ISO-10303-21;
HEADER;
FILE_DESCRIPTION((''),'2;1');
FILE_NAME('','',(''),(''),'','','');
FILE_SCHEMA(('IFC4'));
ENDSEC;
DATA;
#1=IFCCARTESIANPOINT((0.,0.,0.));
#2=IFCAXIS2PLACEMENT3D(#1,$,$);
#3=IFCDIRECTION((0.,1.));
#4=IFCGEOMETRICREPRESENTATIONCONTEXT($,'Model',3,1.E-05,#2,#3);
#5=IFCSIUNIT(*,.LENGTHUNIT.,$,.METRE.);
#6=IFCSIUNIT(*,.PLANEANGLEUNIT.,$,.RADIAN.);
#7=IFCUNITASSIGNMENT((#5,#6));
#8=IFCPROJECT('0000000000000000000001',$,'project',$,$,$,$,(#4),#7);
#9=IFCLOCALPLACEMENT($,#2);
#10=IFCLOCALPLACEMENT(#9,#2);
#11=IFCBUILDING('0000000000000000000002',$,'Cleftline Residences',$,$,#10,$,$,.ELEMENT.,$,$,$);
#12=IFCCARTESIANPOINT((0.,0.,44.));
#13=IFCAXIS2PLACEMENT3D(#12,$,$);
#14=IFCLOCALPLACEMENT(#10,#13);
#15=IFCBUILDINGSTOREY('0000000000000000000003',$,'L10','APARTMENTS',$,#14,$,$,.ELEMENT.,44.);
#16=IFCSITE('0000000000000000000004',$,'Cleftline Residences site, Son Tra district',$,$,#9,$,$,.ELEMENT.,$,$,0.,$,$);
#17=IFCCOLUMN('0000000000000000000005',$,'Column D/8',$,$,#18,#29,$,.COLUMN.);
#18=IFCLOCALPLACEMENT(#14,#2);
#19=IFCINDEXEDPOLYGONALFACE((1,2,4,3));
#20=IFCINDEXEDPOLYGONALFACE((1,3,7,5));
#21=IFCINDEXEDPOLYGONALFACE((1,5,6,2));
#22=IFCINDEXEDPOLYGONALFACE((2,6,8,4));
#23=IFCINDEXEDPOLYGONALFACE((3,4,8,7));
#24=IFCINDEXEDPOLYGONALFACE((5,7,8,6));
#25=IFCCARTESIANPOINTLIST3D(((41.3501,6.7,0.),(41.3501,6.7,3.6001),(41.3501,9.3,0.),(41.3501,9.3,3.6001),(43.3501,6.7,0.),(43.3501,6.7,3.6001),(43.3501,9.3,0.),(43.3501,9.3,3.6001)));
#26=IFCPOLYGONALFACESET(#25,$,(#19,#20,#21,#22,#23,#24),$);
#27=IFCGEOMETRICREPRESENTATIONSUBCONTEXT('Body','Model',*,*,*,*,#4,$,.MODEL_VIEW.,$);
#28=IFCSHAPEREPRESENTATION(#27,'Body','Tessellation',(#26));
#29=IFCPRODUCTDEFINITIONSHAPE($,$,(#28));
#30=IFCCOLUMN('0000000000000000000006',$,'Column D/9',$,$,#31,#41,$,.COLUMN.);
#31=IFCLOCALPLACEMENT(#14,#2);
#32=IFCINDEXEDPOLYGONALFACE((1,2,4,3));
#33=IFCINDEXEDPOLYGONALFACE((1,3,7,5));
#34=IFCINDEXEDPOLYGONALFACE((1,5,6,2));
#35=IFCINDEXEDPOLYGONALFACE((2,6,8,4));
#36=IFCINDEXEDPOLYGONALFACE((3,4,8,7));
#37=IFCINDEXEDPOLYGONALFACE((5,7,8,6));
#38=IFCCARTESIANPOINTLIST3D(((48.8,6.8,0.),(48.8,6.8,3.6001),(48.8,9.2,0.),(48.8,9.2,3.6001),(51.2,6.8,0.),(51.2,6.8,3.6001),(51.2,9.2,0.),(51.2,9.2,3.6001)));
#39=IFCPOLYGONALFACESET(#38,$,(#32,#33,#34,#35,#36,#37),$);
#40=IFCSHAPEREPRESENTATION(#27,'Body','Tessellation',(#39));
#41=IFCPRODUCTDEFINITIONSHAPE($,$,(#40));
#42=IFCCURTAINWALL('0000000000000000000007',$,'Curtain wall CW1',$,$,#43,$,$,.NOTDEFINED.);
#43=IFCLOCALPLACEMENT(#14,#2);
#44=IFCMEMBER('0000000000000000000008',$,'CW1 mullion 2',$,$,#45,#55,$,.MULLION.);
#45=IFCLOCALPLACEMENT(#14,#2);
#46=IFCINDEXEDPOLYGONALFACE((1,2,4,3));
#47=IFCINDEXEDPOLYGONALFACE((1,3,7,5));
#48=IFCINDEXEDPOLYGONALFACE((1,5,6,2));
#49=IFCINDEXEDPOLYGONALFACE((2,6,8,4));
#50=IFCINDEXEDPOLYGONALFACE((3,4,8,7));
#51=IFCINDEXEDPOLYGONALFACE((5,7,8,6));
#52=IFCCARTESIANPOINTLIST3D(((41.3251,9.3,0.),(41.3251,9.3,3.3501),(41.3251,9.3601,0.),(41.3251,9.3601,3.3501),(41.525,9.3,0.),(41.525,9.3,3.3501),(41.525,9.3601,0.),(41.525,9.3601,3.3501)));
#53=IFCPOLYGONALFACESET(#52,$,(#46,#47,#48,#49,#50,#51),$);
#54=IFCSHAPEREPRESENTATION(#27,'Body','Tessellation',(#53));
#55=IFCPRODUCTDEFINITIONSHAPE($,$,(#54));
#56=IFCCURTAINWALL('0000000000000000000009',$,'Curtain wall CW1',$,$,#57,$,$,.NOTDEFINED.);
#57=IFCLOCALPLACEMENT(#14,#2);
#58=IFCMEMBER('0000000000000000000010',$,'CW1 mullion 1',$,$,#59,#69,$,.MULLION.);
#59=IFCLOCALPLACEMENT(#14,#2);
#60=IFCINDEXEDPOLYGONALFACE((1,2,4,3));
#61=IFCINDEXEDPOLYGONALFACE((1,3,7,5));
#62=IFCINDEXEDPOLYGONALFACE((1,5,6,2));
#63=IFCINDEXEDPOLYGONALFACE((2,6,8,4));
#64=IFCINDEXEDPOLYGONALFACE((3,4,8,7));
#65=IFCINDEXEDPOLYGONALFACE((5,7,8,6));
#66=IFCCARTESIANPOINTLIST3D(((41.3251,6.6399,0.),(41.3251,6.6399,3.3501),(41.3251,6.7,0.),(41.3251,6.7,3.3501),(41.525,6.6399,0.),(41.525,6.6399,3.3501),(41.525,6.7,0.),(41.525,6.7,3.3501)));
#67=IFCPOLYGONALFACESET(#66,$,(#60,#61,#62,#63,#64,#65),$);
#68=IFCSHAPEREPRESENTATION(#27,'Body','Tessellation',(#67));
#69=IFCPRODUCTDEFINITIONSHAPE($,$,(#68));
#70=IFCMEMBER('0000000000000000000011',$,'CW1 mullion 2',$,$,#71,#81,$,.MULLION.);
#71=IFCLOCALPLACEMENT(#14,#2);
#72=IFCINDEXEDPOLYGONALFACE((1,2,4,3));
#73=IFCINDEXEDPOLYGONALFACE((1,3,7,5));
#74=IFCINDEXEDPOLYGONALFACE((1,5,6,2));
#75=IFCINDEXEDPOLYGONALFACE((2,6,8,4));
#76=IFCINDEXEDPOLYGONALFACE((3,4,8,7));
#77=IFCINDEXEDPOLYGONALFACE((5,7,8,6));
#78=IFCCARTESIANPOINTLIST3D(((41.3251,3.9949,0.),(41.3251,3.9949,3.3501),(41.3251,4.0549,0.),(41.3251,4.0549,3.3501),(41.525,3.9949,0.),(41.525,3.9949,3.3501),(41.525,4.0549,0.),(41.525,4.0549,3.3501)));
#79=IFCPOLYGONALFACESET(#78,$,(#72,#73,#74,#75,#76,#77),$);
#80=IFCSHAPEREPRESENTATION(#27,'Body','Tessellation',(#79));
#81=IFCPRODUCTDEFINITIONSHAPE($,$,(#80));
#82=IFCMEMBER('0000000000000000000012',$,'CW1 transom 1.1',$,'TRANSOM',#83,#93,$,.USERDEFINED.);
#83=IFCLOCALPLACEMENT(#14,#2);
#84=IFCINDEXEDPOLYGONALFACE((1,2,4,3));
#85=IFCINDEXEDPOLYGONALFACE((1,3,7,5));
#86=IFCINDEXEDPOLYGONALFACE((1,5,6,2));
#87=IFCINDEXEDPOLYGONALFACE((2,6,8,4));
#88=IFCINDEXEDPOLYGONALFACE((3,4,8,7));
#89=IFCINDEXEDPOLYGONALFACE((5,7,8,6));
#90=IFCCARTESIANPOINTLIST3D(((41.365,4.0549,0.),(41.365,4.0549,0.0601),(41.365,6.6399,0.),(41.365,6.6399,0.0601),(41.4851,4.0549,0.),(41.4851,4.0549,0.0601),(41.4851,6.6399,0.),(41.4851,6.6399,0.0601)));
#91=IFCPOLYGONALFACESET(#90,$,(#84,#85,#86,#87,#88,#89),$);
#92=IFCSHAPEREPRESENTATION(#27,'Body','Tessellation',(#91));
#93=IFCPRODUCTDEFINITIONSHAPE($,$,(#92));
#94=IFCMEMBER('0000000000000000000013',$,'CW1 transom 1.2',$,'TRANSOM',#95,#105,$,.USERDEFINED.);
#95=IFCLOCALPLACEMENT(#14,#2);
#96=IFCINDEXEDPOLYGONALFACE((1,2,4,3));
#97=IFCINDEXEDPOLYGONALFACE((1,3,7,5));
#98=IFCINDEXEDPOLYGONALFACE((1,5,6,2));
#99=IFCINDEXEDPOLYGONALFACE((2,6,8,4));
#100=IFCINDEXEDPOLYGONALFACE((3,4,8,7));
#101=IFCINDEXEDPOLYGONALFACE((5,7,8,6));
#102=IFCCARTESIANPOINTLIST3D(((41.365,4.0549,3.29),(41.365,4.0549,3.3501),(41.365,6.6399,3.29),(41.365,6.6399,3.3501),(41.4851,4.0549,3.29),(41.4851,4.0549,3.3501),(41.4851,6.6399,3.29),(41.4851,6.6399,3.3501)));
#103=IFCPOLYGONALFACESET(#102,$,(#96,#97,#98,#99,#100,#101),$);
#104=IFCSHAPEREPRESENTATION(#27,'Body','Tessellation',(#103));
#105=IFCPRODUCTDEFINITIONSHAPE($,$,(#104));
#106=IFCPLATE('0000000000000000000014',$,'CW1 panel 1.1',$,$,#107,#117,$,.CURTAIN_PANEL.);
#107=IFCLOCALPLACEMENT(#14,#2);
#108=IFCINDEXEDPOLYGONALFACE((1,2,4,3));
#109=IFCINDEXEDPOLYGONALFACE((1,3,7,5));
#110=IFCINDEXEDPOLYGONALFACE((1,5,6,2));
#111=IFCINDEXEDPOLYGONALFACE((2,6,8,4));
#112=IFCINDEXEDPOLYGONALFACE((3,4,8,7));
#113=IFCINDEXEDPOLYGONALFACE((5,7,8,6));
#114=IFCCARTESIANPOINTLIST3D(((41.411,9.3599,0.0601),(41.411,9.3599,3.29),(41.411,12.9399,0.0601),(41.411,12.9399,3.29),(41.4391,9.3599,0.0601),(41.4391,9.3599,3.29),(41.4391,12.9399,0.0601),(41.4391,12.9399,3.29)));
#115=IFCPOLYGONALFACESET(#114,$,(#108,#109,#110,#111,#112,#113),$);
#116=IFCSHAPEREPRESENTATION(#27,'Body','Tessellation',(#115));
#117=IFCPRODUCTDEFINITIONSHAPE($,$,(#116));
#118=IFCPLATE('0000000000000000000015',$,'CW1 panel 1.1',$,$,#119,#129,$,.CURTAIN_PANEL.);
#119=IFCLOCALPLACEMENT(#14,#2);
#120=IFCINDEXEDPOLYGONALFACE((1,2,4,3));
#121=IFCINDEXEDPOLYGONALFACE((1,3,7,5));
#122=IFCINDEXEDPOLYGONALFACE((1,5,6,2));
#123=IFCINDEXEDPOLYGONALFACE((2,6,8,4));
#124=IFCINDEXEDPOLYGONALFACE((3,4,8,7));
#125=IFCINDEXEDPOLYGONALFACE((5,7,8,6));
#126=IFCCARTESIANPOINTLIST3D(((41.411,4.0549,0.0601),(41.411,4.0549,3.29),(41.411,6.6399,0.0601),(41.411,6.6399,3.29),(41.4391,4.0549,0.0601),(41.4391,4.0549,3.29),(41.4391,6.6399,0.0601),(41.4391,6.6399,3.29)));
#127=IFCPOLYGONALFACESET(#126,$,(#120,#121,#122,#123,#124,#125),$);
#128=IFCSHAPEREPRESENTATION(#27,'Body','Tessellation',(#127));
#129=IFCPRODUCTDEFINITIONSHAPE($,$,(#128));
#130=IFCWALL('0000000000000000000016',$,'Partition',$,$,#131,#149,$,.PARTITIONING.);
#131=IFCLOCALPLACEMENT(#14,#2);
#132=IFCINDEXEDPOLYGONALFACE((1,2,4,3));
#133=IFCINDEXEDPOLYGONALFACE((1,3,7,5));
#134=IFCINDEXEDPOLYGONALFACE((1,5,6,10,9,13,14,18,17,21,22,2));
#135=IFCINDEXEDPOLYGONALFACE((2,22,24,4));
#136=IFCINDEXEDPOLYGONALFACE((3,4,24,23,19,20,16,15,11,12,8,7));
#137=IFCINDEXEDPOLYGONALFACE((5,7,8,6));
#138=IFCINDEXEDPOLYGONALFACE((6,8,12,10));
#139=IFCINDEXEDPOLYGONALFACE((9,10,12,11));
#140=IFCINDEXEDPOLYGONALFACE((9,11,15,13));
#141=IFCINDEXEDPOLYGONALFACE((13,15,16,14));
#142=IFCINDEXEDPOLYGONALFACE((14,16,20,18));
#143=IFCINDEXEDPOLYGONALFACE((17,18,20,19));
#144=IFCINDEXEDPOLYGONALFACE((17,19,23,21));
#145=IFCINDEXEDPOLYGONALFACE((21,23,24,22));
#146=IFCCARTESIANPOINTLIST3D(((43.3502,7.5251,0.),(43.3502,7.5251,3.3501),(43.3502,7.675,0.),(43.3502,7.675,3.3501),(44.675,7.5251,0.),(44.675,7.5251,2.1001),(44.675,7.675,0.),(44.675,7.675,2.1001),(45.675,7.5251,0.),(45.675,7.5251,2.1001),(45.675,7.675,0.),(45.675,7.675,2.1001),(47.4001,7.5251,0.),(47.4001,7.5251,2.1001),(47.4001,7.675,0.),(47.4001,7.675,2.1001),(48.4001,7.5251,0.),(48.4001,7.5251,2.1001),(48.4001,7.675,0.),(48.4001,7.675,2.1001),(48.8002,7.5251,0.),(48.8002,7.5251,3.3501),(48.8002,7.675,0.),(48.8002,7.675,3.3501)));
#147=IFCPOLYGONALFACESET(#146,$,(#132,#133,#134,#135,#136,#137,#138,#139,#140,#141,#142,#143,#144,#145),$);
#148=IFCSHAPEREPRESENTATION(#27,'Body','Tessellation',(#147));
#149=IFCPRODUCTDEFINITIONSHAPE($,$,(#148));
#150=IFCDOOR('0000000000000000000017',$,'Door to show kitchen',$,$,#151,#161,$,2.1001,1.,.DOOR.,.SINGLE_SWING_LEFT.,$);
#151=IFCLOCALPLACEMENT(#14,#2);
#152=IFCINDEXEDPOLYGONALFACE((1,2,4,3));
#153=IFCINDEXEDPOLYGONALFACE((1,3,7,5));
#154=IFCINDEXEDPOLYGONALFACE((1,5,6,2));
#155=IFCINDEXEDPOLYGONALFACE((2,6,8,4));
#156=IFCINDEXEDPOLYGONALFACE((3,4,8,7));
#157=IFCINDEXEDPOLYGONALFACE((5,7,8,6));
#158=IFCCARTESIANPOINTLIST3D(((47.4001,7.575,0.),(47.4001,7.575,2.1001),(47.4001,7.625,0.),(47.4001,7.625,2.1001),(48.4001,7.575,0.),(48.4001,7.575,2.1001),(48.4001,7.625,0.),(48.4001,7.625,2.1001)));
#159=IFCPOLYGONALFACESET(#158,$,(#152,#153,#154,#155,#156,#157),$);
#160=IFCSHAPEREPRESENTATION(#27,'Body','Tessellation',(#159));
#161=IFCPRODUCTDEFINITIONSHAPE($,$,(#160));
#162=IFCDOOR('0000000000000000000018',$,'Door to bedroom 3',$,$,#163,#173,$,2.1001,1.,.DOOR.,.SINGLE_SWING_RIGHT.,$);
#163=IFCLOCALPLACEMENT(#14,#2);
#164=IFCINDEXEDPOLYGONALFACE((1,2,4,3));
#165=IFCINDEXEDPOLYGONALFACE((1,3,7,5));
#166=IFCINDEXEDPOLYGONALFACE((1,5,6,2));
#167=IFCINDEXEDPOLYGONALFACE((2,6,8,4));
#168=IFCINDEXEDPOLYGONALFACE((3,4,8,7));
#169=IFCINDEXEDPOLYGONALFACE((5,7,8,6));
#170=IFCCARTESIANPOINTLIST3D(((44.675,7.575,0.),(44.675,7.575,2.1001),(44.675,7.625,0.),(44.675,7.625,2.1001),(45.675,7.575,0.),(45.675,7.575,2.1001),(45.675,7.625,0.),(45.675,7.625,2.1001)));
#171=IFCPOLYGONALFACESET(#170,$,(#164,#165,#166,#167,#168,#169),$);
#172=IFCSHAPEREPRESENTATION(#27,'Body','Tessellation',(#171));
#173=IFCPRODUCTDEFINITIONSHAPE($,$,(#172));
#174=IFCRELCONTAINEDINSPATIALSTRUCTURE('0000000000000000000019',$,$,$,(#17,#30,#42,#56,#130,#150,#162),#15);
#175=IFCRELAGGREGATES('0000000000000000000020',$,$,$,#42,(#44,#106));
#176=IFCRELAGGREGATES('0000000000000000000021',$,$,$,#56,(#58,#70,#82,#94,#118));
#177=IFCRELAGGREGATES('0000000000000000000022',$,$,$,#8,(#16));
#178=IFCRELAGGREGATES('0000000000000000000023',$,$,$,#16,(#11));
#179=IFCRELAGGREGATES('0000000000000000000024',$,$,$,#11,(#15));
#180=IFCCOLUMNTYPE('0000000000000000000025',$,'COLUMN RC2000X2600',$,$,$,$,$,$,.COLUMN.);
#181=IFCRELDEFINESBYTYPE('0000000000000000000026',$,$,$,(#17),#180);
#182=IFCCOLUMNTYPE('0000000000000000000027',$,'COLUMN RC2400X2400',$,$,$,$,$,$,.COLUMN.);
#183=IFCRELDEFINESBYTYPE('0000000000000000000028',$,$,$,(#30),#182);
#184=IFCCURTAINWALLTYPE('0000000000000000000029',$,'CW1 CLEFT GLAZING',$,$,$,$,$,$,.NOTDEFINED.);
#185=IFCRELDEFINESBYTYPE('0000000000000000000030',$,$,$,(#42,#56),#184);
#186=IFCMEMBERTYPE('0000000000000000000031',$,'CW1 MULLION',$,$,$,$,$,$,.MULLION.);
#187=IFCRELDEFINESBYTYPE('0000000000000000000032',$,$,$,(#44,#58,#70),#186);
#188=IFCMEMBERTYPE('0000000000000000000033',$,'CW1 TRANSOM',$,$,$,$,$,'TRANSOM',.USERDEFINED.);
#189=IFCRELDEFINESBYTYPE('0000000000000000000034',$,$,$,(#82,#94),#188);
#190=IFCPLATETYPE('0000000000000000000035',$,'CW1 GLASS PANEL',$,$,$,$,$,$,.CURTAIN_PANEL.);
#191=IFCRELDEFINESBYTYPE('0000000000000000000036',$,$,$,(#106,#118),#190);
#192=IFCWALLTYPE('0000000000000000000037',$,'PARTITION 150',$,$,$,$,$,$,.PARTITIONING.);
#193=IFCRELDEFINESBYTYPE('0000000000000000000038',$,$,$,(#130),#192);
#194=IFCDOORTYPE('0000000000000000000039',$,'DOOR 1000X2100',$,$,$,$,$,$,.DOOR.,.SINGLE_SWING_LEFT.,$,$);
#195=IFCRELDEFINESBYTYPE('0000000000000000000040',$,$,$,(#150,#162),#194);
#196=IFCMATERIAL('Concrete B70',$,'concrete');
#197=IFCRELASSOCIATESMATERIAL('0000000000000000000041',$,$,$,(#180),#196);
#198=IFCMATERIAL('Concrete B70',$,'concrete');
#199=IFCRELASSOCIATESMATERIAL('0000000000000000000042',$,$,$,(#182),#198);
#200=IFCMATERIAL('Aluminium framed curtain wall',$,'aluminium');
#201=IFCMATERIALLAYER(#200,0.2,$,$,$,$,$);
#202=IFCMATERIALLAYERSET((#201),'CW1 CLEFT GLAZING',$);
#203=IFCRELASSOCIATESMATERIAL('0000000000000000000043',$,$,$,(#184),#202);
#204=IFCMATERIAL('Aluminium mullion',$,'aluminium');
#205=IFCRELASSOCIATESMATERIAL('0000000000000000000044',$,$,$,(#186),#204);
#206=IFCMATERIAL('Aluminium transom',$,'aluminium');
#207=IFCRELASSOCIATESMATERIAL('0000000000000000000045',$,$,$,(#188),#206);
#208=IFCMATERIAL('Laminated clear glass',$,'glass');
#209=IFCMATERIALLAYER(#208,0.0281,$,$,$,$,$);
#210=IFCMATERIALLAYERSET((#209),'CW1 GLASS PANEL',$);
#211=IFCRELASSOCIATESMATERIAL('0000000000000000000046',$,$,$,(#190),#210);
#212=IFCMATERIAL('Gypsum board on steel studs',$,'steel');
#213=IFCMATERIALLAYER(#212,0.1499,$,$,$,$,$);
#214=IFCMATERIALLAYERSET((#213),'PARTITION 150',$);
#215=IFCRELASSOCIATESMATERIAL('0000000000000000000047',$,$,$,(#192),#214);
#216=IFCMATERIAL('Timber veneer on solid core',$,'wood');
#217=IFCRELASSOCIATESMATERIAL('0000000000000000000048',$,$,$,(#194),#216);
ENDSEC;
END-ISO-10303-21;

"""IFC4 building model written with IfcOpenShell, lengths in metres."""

from ifc_helpers import new_model, si_unit, direction, frame, frame_2d, origin, origin_2d, place, context, subcontext, project, spatial, rectangle, extrude, material, layer, layer_set, material_profile, profile_set, type_object, element, fill, aggregate, save


model = new_model("IFC4")

# Units and contexts
model_context = context("Model", 3, precision=1e-05, world=origin(), true_north=direction((0.0, 1.0)))
body_context = subcontext(model_context, "Body", "Model", "MODEL_VIEW")
ifc_project = project(units=[si_unit("LENGTHUNIT", "METRE"), si_unit("PLANEANGLEUNIT", "RADIAN")], contexts=[model_context])

# Site, building, storey
site_placement = place(None, origin())
site = spatial("IfcSite", under=ifc_project, at=site_placement, Name="Cleftline Residences site, Son Tra district", CompositionType="ELEMENT", RefElevation=0.0)
building_placement = place(site_placement, origin())
building = spatial("IfcBuilding", under=site, at=building_placement, Name="Cleftline Residences", CompositionType="ELEMENT")
storey_placement = place(building_placement, frame((0.0, 0.0, 44.0)))
storey = spatial("IfcBuildingStorey", under=building, at=storey_placement, Name="L10", Description="APARTMENTS", CompositionType="ELEMENT", Elevation=44.0)

# Columns
ifc_material_1 = material(Name="Concrete B70", Category="concrete")
ifc_material_profile_1 = material_profile(ifc_material_1, rectangle(XDim=2.0, YDim=2.6001, at=origin_2d()))
ifc_profile_set_1 = profile_set([ifc_material_profile_1], Name="Concrete B70")
column_type_1 = type_object("IfcColumnType", Name="COLUMN RC2000X2600", PredefinedType="COLUMN", material=ifc_profile_set_1)
column_1_placement = place(storey_placement, frame((42.3501, 8.0, 0.0), z_axis=(0.0, 0.0, 1.0), x_axis=(1.0, 0.0, 0.0)))
element("IfcColumn", 1, at=column_1_placement, inside=storey, type_object=column_type_1, Name="Column D/8", PredefinedType="COLUMN", context=body_context, shape_type="SweptSolid", body=[
    extrude(rectangle(XDim=2.0, YDim=2.6001, at=origin_2d()), origin(), (0.0, 0.0, 1.0), 3.6001),
])
ifc_material_2 = material(Name="Concrete B70", Category="concrete")
ifc_material_profile_2 = material_profile(ifc_material_2, rectangle(XDim=2.3999, YDim=2.3999, at=origin_2d()))
ifc_profile_set_2 = profile_set([ifc_material_profile_2], Name="Concrete B70")
column_type_2 = type_object("IfcColumnType", Name="COLUMN RC2400X2400", PredefinedType="COLUMN", material=ifc_profile_set_2)
column_2_placement = place(storey_placement, frame((50.0, 8.0, 0.0), z_axis=(0.0, 0.0, 1.0), x_axis=(1.0, 0.0, 0.0)))
element("IfcColumn", 2, at=column_2_placement, inside=storey, type_object=column_type_2, Name="Column D/9", PredefinedType="COLUMN", context=body_context, shape_type="SweptSolid", body=[
    extrude(rectangle(XDim=2.3999, YDim=2.3999, at=origin_2d()), origin(), (0.0, 0.0, 1.0), 3.6001),
])

# Curtain wall, member
ifc_material_3 = material(Name="Aluminium framed curtain wall", Category="aluminium")
ifc_layer_1 = layer(ifc_material_3, 0.2)
ifc_layer_set_1 = layer_set([ifc_layer_1], Name="CW1 CLEFT GLAZING")
curtain_wall_type = type_object("IfcCurtainWallType", Name="CW1 CLEFT GLAZING", PredefinedType="NOTDEFINED", material=ifc_layer_set_1)
curtain_wall_1_placement = place(storey_placement, origin())
curtain_wall_1 = element("IfcCurtainWall", 3, at=curtain_wall_1_placement, inside=storey, type_object=curtain_wall_type, Name="Curtain wall CW1", PredefinedType="NOTDEFINED")
ifc_material_4 = material(Name="Aluminium mullion", Category="aluminium")
ifc_material_profile_3 = material_profile(ifc_material_4, rectangle(XDim=0.2, YDim=0.0601, at=origin_2d()))
ifc_profile_set_3 = profile_set([ifc_material_profile_3], Name="Aluminium mullion")
member_type_1 = type_object("IfcMemberType", Name="CW1 MULLION", PredefinedType="MULLION", material=ifc_profile_set_3)
member_1_placement = place(storey_placement, frame((41.425, 9.3301, 0.0), z_axis=(0.0, 0.0, 1.0), x_axis=(1.0, 0.0, 0.0)))
member_1 = element("IfcMember", 4, at=member_1_placement, type_object=member_type_1, Name="CW1 mullion 2", PredefinedType="MULLION", context=body_context, shape_type="SweptSolid", body=[
    extrude(rectangle(XDim=0.2, YDim=0.0601, at=origin_2d()), origin(), (0.0, 0.0, 1.0), 3.3501),
])

# Curtain wall, members
curtain_wall_2_placement = place(storey_placement, origin())
curtain_wall_2 = element("IfcCurtainWall", 5, at=curtain_wall_2_placement, inside=storey, type_object=curtain_wall_type, Name="Curtain wall CW1", PredefinedType="NOTDEFINED")
member_2_placement = place(storey_placement, frame((41.425, 6.6699, 0.0), z_axis=(0.0, 0.0, 1.0), x_axis=(1.0, 0.0, 0.0)))
member_2 = element("IfcMember", 6, at=member_2_placement, type_object=member_type_1, Name="CW1 mullion 1", PredefinedType="MULLION", context=body_context, shape_type="SweptSolid", body=[
    extrude(rectangle(XDim=0.2, YDim=0.0601, at=origin_2d()), origin(), (0.0, 0.0, 1.0), 3.3501),
])
member_3_placement = place(storey_placement, frame((41.425, 4.0249, 0.0), z_axis=(0.0, 0.0, 1.0), x_axis=(1.0, 0.0, 0.0)))
member_3 = element("IfcMember", 7, at=member_3_placement, type_object=member_type_1, Name="CW1 mullion 2", PredefinedType="MULLION", context=body_context, shape_type="SweptSolid", body=[
    extrude(rectangle(XDim=0.2, YDim=0.0601, at=origin_2d()), origin(), (0.0, 0.0, 1.0), 3.3501),
])
ifc_material_5 = material(Name="Aluminium transom", Category="aluminium")
ifc_material_profile_4 = material_profile(ifc_material_5, rectangle(XDim=0.1201, YDim=0.0601, at=origin_2d()))
ifc_profile_set_4 = profile_set([ifc_material_profile_4], Name="Aluminium transom")
member_type_2 = type_object("IfcMemberType", Name="CW1 TRANSOM", ElementType="TRANSOM", PredefinedType="USERDEFINED", material=ifc_profile_set_4)
member_4_placement = place(storey_placement, frame((41.425, 6.6399, 0.03), z_axis=(0.0, -1.0, 0.0), x_axis=(1.0, 0.0, 0.0)))
member_4 = element("IfcMember", 8, at=member_4_placement, type_object=member_type_2, Name="CW1 transom 1.1", ObjectType="TRANSOM", PredefinedType="USERDEFINED", context=body_context, shape_type="SweptSolid", body=[
    extrude(rectangle(XDim=0.1201, YDim=0.0601, at=origin_2d()), origin(), (0.0, 0.0, 1.0), 2.585),
])
member_5_placement = place(storey_placement, frame((41.425, 6.6399, 3.3201), z_axis=(0.0, -1.0, 0.0), x_axis=(1.0, 0.0, 0.0)))
member_5 = element("IfcMember", 9, at=member_5_placement, type_object=member_type_2, Name="CW1 transom 1.2", ObjectType="TRANSOM", PredefinedType="USERDEFINED", context=body_context, shape_type="SweptSolid", body=[
    extrude(rectangle(XDim=0.1201, YDim=0.0601, at=origin_2d()), origin(), (0.0, 0.0, 1.0), 2.585),
])

# Plates
ifc_material_6 = material(Name="Laminated clear glass", Category="glass")
ifc_layer_2 = layer(ifc_material_6, 0.0281)
ifc_layer_set_2 = layer_set([ifc_layer_2], Name="CW1 GLASS PANEL")
plate_type = type_object("IfcPlateType", Name="CW1 GLASS PANEL", PredefinedType="CURTAIN_PANEL", material=ifc_layer_set_2)
plate_1_placement = place(storey_placement, frame((41.425, 11.1499, 0.0601), z_axis=(0.0, 0.0, 1.0), x_axis=(0.0, -1.0, 0.0)))
plate_1 = element("IfcPlate", 10, at=plate_1_placement, type_object=plate_type, Name="CW1 panel 1.1", PredefinedType="CURTAIN_PANEL", context=body_context, shape_type="SweptSolid", body=[
    extrude(rectangle(XDim=3.5801, YDim=0.0281, at=origin_2d()), origin(), (0.0, 0.0, 1.0), 3.23),
])
aggregate(curtain_wall_1, [member_1, plate_1])
plate_2_placement = place(storey_placement, frame((41.425, 5.3474, 0.0601), z_axis=(0.0, 0.0, 1.0), x_axis=(0.0, -1.0, 0.0)))
plate_2 = element("IfcPlate", 11, at=plate_2_placement, type_object=plate_type, Name="CW1 panel 1.1", PredefinedType="CURTAIN_PANEL", context=body_context, shape_type="SweptSolid", body=[
    extrude(rectangle(XDim=2.585, YDim=0.0281, at=origin_2d()), origin(), (0.0, 0.0, 1.0), 3.23),
])
aggregate(curtain_wall_2, [member_2, member_3, member_4, member_5, plate_2])

# Wall, openings, doors
ifc_material_7 = material(Name="Gypsum board on steel studs", Category="steel")
ifc_layer_3 = layer(ifc_material_7, 0.1499)
ifc_layer_set_3 = layer_set([ifc_layer_3], Name="PARTITION 150")
wall_type = type_object("IfcWallType", Name="PARTITION 150", PredefinedType="PARTITIONING", material=ifc_layer_set_3)
wall_1_placement = place(storey_placement, frame((43.3501, 7.6001, 0.0), z_axis=(0.0, 0.0, 1.0), x_axis=(1.0, 0.0, 0.0)))
wall_1 = element("IfcWall", 12, at=wall_1_placement, inside=storey, type_object=wall_type, Name="Partition", PredefinedType="PARTITIONING", context=body_context, shape_type="SweptSolid", body=[
    extrude(rectangle(XDim=5.45, YDim=0.1499, at=frame_2d((2.7251, 0.0))), origin(), (0.0, 0.0, 1.0), 3.3501),
])
opening_1_placement = place(wall_1_placement, frame((4.05, 0.0, 0.0)))
opening_1 = element("IfcOpeningElement", 13, at=opening_1_placement, cuts=wall_1, PredefinedType="OPENING", context=body_context, shape_type="SweptSolid", body=[
    extrude(rectangle(XDim=1.0, YDim=2.1001, at=frame_2d((0.5, 1.05))), frame((0.0, 0.085, 0.0), z_axis=(0.0, -1.0, 0.0), x_axis=(1.0, 0.0, 0.0)), (0.0, 0.0, 1.0), 0.1699),
])
opening_2_placement = place(wall_1_placement, frame((1.325, 0.0, 0.0)))
opening_2 = element("IfcOpeningElement", 14, at=opening_2_placement, cuts=wall_1, PredefinedType="OPENING", context=body_context, shape_type="SweptSolid", body=[
    extrude(rectangle(XDim=1.0, YDim=2.1001, at=frame_2d((0.5, 1.05))), frame((0.0, 0.085, 0.0), z_axis=(0.0, -1.0, 0.0), x_axis=(1.0, 0.0, 0.0)), (0.0, 0.0, 1.0), 0.1699),
])
ifc_material_8 = material(Name="Timber veneer on solid core", Category="wood")
door_type_1 = type_object("IfcDoorType", Name="DOOR 1000X2100", OperationType="SINGLE_SWING_LEFT", PredefinedType="DOOR", material=ifc_material_8)
door_1_placement = place(opening_1_placement, origin())
door_1 = element("IfcDoor", 15, at=door_1_placement, inside=storey, type_object=door_type_1, Name="Door to show kitchen", OperationType="SINGLE_SWING_LEFT", OverallHeight=2.1001, OverallWidth=1.0, PredefinedType="DOOR", context=body_context, shape_type="SweptSolid", body=[
    extrude(rectangle(XDim=1.0, YDim=2.1001, at=frame_2d((0.5, 1.05))), frame((0.0, 0.0249, 0.0), z_axis=(0.0, -1.0, 0.0), x_axis=(1.0, 0.0, 0.0)), (0.0, 0.0, 1.0), 0.05),
])
fill(opening_1, door_1)
door_2_placement = place(opening_2_placement, origin())
door_2 = element("IfcDoor", 16, at=door_2_placement, inside=storey, type_object=door_type_1, Name="Door to bedroom 3", OperationType="SINGLE_SWING_RIGHT", OverallHeight=2.1001, OverallWidth=1.0, PredefinedType="DOOR", context=body_context, shape_type="SweptSolid", body=[
    extrude(rectangle(XDim=1.0, YDim=2.1001, at=frame_2d((0.5, 1.05))), frame((0.0, 0.0249, 0.0), z_axis=(0.0, -1.0, 0.0), x_axis=(1.0, 0.0, 0.0)), (0.0, 0.0, 1.0), 0.05),
])
fill(opening_2, door_2)

save(model, "model.ifc")
